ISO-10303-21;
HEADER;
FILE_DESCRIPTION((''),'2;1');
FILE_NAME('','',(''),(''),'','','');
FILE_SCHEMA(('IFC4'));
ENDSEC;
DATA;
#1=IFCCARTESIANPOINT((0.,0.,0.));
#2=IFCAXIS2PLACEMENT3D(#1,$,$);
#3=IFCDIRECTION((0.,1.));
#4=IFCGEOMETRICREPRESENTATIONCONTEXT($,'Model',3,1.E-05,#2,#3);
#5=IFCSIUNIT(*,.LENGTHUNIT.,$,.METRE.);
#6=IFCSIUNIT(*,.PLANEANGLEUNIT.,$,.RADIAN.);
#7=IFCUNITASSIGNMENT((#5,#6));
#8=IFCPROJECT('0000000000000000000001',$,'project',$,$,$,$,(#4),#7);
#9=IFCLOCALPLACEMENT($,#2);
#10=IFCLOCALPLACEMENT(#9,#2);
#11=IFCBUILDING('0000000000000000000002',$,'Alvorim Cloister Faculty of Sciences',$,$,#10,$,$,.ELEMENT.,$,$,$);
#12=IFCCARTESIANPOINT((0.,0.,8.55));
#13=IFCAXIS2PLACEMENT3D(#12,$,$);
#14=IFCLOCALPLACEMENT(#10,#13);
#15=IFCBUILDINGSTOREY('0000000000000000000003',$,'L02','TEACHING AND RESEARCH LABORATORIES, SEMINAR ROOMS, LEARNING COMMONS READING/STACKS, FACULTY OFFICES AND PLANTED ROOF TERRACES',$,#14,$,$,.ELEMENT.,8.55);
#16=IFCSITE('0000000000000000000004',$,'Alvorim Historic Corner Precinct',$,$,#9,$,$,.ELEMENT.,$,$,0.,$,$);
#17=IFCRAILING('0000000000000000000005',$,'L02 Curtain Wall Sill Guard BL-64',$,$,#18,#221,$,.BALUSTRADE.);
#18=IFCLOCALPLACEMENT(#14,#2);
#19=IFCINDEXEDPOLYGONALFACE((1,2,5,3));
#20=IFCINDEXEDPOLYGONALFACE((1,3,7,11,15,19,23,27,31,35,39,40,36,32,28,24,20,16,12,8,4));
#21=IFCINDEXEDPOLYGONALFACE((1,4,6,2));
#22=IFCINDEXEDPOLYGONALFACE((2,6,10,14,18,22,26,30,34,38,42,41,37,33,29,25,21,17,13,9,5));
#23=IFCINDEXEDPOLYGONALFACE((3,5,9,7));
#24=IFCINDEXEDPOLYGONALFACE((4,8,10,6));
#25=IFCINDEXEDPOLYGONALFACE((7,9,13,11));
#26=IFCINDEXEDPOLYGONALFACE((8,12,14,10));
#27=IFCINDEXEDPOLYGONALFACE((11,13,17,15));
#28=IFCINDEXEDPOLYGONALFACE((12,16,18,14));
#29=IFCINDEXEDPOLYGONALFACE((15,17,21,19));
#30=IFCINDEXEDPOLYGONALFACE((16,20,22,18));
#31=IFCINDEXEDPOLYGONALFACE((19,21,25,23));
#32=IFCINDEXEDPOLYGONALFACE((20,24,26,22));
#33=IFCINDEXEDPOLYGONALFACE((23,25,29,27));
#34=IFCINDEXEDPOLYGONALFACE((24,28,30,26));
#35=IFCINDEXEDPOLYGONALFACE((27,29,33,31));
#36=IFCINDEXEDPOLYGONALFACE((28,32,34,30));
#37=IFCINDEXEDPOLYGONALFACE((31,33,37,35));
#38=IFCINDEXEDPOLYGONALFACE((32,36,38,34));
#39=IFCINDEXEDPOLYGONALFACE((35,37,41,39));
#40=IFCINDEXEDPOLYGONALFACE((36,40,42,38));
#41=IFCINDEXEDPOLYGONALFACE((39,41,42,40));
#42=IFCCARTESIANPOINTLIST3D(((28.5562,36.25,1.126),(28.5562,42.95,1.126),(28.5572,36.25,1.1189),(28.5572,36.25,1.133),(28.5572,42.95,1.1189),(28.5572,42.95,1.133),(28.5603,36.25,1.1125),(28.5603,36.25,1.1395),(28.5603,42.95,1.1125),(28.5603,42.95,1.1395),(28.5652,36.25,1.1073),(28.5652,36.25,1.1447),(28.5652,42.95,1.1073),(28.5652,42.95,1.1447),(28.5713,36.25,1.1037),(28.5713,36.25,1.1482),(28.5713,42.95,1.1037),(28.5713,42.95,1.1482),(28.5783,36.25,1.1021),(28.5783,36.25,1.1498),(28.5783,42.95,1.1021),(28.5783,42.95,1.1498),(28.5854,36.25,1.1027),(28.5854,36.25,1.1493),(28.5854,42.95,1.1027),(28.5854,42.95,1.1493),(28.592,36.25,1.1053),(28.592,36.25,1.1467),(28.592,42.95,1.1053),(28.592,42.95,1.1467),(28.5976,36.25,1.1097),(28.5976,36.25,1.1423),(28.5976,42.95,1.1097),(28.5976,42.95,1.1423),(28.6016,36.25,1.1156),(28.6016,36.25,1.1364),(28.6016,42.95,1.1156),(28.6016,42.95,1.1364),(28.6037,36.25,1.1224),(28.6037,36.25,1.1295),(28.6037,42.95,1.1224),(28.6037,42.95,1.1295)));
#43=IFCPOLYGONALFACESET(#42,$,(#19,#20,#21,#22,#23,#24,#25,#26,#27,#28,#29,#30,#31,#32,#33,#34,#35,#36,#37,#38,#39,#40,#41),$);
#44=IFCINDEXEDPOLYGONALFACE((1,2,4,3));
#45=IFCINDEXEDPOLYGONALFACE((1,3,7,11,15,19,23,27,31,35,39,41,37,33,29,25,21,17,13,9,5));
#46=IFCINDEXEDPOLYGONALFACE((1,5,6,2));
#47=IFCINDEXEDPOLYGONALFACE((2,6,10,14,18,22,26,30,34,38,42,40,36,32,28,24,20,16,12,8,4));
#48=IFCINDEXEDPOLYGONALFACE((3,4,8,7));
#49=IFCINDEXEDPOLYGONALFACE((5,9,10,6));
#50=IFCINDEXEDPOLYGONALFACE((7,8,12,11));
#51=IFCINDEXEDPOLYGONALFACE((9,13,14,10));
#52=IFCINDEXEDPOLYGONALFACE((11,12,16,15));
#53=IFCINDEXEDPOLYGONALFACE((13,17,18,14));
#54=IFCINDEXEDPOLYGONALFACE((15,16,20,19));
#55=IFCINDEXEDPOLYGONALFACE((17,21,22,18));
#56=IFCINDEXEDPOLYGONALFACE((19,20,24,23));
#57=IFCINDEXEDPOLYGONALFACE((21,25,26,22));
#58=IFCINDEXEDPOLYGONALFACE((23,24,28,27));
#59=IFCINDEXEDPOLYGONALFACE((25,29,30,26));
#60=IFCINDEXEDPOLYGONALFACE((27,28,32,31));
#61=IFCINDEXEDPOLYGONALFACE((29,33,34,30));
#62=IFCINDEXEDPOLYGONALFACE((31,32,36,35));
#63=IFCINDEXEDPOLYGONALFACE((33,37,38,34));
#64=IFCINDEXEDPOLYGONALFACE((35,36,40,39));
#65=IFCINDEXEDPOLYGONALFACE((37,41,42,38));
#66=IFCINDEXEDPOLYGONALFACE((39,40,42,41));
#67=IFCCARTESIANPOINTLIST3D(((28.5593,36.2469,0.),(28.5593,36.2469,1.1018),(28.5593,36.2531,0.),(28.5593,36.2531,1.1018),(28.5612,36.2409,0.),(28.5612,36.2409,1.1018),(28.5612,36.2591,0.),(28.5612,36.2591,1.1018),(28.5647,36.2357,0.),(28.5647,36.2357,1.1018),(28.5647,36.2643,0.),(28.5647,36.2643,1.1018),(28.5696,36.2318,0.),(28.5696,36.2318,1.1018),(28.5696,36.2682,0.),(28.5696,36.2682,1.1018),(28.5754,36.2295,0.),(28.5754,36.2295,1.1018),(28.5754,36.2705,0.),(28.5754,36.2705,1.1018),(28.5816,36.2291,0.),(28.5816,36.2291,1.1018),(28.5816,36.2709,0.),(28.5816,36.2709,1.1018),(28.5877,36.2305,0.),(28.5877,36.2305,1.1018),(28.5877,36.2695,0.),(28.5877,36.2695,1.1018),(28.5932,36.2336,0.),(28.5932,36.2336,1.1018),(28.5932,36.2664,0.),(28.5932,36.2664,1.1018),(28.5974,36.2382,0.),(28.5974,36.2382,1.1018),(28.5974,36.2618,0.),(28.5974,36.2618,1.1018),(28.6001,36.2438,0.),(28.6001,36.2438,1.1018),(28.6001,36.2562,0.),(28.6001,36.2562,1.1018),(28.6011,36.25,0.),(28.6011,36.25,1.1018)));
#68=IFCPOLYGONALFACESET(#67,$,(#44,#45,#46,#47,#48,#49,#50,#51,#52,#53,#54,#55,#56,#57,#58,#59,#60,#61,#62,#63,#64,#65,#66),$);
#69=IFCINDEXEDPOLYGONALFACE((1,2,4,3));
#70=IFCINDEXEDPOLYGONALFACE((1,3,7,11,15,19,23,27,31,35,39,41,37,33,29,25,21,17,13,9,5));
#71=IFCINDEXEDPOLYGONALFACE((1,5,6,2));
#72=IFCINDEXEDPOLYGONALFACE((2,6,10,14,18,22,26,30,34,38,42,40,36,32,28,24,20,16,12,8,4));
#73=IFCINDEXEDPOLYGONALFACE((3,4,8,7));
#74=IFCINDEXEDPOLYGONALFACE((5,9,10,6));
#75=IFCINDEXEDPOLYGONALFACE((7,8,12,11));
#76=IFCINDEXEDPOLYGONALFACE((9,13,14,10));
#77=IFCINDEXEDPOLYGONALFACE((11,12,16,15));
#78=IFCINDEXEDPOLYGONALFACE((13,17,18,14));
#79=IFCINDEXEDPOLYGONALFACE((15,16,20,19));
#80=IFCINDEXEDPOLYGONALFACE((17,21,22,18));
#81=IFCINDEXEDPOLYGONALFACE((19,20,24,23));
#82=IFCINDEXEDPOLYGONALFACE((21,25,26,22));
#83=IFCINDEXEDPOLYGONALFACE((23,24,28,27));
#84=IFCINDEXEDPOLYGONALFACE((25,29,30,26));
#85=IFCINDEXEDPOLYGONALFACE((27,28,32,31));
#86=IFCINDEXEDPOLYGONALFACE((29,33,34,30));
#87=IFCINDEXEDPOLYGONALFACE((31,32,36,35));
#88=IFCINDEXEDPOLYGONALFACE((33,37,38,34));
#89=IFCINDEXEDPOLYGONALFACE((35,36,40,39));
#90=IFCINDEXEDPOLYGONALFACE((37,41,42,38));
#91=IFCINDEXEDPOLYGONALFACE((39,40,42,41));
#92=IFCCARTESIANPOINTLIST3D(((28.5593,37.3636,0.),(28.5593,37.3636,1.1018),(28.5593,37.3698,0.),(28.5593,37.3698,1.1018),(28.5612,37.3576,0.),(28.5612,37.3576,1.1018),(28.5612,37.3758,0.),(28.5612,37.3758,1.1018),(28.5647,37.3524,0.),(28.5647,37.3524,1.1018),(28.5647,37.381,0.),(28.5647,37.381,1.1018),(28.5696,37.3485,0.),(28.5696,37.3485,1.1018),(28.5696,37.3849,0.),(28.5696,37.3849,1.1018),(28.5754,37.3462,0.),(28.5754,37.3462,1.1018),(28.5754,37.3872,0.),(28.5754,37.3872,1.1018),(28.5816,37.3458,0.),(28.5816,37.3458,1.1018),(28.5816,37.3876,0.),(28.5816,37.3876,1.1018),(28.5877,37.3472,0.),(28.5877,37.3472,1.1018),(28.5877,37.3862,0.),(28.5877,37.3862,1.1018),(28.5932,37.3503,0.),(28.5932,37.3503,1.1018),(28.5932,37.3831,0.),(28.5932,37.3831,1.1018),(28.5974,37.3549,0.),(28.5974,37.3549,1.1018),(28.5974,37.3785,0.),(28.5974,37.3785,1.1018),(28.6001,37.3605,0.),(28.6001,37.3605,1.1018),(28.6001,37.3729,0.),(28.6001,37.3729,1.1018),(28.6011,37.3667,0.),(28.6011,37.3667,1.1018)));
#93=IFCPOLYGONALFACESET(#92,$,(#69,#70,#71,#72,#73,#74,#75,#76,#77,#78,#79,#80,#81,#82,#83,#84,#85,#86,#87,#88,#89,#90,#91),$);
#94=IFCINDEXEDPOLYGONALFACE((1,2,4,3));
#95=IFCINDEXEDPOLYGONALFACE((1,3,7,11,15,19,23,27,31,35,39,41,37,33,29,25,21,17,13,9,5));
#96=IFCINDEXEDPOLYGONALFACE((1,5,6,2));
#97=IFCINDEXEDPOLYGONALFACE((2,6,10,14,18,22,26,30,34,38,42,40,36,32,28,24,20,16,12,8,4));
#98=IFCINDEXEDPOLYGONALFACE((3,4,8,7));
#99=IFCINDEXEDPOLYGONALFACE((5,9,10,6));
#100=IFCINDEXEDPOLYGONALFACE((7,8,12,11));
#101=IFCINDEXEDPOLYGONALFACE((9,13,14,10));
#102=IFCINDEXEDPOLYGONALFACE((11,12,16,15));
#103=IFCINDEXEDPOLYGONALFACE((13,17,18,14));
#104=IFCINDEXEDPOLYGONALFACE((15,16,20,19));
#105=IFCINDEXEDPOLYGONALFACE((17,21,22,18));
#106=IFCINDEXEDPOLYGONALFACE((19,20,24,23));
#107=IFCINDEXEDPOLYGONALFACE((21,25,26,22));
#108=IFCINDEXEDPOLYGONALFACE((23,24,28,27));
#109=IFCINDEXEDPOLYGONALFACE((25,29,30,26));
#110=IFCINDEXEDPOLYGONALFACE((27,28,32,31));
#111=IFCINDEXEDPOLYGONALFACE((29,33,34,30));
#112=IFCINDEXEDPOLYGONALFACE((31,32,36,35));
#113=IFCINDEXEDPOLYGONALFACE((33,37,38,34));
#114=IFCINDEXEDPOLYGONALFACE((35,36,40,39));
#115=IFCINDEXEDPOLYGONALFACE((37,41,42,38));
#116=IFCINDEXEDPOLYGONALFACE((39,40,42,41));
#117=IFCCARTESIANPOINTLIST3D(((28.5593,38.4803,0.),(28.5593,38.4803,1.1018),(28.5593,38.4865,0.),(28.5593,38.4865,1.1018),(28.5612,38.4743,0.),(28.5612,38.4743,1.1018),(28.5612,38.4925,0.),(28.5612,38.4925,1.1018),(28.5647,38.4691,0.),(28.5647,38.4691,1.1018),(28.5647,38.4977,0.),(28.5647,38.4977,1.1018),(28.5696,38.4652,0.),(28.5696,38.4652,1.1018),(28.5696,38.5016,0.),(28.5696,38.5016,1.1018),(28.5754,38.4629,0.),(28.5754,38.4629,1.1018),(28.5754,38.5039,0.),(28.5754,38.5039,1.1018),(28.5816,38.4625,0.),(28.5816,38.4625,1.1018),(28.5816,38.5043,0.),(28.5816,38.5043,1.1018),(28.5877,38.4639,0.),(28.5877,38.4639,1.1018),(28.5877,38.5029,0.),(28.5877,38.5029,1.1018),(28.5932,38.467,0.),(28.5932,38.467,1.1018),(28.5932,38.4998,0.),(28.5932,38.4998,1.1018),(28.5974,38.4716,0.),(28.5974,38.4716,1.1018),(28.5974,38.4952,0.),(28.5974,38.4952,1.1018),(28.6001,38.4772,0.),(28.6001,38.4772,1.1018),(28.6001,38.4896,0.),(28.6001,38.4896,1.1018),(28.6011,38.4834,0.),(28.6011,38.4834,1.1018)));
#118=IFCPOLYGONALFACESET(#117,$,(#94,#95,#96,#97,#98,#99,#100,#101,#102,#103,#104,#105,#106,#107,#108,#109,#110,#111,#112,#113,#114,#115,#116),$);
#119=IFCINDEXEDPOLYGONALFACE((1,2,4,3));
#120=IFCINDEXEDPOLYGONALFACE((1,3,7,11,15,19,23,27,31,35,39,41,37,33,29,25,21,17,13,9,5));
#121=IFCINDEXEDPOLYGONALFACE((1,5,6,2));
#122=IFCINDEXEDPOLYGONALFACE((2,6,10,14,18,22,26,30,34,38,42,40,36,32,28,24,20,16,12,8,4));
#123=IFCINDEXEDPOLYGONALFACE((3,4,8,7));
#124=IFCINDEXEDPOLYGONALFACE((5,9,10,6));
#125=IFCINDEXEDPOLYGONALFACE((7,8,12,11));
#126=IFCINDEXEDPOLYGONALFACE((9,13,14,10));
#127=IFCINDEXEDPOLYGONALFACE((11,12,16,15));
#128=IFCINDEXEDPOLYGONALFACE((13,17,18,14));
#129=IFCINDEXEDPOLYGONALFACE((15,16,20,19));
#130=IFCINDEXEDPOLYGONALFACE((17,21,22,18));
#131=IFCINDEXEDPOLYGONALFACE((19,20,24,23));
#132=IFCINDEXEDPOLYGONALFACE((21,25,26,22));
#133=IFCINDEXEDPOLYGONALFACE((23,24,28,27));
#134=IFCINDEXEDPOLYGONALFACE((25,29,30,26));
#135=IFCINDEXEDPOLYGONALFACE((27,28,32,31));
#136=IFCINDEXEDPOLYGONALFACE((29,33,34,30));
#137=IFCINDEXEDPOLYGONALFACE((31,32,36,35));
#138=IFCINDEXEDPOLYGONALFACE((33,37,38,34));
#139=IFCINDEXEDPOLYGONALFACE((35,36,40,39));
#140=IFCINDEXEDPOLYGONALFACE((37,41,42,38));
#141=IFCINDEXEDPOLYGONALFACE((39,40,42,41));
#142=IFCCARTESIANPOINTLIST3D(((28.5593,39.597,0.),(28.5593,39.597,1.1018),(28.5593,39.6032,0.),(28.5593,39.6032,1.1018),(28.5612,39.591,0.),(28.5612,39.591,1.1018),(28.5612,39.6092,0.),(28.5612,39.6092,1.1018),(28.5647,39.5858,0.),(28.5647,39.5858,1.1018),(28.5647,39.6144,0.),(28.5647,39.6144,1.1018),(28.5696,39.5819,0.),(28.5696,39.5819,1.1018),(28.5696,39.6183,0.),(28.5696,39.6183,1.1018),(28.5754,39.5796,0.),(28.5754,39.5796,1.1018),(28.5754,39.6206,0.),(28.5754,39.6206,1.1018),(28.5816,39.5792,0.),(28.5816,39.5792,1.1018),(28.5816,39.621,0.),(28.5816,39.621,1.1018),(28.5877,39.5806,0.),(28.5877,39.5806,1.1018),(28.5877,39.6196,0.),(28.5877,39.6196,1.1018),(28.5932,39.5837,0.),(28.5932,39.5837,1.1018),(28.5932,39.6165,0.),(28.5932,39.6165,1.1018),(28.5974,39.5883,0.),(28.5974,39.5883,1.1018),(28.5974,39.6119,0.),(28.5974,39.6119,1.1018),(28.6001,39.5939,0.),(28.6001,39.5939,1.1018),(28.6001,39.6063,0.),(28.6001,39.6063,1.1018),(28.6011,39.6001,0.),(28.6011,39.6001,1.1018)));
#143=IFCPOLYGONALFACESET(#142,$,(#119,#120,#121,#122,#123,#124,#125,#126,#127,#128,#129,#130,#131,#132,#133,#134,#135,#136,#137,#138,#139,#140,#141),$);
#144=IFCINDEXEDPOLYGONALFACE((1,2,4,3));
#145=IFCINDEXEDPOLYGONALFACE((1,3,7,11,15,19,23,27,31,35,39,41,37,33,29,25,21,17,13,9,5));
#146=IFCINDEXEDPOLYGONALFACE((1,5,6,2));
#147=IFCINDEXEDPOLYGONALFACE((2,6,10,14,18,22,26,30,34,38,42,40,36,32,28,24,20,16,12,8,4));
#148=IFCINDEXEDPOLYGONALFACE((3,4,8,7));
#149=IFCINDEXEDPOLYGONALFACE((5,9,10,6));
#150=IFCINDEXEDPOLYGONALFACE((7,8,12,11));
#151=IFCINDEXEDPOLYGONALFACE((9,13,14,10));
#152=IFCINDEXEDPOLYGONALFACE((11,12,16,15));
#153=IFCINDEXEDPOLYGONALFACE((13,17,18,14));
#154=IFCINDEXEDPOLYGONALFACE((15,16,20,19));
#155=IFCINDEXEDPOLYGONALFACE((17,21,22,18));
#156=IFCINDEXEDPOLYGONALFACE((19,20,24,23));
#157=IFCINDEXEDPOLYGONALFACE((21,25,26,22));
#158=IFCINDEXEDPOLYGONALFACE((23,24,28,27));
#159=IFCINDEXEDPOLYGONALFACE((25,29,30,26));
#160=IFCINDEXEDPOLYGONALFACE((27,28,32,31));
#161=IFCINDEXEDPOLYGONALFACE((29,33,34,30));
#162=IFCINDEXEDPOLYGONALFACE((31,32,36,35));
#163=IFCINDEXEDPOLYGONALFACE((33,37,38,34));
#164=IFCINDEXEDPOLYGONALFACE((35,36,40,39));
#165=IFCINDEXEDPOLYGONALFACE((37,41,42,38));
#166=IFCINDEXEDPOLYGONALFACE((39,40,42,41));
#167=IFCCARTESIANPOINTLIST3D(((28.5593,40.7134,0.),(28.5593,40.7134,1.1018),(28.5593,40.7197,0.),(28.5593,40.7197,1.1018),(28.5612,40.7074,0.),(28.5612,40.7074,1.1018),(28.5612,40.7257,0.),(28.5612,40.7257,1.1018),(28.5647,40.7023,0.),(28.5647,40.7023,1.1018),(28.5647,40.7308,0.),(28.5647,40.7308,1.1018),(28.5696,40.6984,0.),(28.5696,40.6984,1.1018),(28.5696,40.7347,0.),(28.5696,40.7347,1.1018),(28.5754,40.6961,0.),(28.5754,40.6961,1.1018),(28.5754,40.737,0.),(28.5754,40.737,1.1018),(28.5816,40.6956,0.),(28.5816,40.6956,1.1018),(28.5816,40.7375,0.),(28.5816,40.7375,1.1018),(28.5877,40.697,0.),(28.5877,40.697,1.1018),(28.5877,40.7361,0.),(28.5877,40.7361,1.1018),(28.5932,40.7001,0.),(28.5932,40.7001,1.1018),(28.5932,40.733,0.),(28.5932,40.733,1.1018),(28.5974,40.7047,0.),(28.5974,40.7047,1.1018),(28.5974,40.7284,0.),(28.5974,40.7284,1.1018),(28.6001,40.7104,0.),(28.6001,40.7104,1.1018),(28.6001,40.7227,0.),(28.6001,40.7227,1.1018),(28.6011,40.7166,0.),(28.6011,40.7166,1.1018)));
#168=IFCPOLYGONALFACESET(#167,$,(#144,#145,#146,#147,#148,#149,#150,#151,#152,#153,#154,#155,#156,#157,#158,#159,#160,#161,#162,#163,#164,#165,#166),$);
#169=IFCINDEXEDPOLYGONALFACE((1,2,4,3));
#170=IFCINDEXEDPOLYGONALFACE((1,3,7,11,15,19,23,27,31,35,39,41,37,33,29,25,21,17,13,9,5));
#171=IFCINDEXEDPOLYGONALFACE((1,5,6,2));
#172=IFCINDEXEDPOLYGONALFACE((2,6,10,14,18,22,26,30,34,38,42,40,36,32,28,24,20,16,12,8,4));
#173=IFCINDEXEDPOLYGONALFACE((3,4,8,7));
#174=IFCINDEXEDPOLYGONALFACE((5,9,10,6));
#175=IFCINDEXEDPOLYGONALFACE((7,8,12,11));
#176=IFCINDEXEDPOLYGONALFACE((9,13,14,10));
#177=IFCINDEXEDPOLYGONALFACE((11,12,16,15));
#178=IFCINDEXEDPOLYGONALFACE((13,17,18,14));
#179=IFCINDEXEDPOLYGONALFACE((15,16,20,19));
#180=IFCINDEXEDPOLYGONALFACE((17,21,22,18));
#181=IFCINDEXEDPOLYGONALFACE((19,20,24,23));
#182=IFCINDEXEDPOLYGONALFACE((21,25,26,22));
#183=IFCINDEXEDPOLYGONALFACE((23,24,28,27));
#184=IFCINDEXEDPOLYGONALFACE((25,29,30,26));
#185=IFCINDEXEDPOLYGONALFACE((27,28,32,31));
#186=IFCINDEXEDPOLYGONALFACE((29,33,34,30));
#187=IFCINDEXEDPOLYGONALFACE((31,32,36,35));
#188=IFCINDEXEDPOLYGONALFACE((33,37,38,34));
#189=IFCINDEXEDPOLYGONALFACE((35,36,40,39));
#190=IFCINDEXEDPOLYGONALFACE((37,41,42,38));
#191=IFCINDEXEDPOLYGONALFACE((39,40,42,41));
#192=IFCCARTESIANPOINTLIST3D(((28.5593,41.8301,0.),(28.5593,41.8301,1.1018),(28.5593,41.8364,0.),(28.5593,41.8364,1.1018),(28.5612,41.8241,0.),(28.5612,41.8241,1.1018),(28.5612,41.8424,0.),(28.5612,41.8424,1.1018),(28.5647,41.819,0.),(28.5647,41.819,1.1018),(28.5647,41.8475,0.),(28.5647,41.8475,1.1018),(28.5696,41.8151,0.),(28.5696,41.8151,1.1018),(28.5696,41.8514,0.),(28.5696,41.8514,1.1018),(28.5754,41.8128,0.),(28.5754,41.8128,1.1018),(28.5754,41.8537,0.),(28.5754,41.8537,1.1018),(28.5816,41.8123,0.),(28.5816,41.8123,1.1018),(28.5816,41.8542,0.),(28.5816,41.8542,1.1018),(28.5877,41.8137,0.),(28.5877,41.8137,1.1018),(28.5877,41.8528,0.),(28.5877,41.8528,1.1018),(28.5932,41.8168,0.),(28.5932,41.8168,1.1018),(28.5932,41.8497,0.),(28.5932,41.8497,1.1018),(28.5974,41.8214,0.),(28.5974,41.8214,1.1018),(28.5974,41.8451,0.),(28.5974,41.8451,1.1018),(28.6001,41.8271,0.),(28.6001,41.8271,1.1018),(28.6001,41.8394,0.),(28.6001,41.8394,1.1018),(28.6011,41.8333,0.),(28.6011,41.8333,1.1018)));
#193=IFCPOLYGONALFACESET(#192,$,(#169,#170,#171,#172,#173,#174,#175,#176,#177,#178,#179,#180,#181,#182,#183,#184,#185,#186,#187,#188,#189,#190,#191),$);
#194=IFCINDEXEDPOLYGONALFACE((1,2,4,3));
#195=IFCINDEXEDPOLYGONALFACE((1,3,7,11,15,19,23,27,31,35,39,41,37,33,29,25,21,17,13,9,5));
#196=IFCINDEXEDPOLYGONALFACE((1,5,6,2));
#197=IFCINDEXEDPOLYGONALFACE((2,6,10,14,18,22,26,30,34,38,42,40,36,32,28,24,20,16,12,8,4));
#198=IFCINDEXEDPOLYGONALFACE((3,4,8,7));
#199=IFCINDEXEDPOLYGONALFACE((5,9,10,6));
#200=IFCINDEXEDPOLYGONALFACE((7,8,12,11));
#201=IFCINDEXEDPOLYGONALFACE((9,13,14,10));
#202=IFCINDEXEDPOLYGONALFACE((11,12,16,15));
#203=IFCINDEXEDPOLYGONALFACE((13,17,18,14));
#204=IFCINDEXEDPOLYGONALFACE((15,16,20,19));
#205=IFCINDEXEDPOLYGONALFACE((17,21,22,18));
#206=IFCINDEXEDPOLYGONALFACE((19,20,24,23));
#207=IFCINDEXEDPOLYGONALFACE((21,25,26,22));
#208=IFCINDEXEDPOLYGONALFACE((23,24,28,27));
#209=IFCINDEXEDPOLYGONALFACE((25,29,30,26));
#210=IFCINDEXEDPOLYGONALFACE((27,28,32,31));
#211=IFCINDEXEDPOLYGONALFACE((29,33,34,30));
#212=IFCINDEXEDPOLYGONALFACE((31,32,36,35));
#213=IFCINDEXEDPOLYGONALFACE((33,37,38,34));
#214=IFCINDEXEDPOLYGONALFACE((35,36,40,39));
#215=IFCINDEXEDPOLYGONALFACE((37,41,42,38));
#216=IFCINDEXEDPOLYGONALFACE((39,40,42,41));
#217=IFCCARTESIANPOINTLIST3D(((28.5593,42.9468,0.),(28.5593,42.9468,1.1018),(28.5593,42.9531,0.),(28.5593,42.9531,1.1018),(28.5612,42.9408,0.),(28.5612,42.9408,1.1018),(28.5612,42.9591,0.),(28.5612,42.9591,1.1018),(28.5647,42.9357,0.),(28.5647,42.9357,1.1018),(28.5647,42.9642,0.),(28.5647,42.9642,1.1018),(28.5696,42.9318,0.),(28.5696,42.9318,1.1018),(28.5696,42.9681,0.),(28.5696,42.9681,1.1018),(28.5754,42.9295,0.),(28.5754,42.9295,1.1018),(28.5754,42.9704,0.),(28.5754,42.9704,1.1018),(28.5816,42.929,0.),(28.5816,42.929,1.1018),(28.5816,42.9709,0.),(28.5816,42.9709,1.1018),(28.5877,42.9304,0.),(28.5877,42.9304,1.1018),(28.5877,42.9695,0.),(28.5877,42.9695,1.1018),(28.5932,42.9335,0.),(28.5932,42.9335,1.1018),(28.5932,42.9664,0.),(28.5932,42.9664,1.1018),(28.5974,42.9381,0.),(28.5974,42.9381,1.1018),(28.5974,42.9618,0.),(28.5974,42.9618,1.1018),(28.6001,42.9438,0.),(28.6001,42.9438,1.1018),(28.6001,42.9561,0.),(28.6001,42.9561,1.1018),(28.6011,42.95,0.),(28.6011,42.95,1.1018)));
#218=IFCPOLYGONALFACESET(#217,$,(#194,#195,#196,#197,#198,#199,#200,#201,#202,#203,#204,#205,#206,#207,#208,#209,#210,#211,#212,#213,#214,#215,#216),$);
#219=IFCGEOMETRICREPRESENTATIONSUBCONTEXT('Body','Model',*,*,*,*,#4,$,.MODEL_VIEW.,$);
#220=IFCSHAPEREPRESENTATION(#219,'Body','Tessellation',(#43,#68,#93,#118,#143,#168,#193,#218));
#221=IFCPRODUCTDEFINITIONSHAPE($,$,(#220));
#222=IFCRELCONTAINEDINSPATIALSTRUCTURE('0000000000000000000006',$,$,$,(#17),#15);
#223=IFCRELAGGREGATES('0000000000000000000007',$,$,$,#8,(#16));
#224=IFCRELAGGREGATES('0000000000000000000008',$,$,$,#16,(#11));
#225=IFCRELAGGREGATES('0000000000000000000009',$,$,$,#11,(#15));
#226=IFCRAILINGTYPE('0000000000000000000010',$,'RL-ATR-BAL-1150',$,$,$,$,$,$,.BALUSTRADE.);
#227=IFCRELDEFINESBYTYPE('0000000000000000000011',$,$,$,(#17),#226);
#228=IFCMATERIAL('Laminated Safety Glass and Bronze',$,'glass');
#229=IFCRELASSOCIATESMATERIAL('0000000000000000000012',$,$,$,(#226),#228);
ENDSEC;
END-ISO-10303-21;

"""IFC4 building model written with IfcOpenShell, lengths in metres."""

from ifc_helpers import new_model, si_unit, direction, frame, origin, origin_2d, place, context, subcontext, project, spatial, circle, extrude, material, type_object, element, save


model = new_model("IFC4")

# Units and contexts
model_context = context("Model", 3, precision=1e-05, world=origin(), true_north=direction((0.0, 1.0)))
body_context = subcontext(model_context, "Body", "Model", "MODEL_VIEW")
ifc_project = project(units=[si_unit("LENGTHUNIT", "METRE"), si_unit("PLANEANGLEUNIT", "RADIAN")], contexts=[model_context])

# Site, building, storey
site_placement = place(None, origin())
site = spatial("IfcSite", under=ifc_project, at=site_placement, Name="Alvorim Historic Corner Precinct", CompositionType="ELEMENT", RefElevation=0.0)
building_placement = place(site_placement, origin())
building = spatial("IfcBuilding", under=site, at=building_placement, Name="Alvorim Cloister Faculty of Sciences", CompositionType="ELEMENT")
storey_placement = place(building_placement, frame((0.0, 0.0, 8.55)))
storey = spatial("IfcBuildingStorey", under=building, at=storey_placement, Name="L02", Description="TEACHING AND RESEARCH LABORATORIES, SEMINAR ROOMS, LEARNING COMMONS READING/STACKS, FACULTY OFFICES AND PLANTED ROOF TERRACES", CompositionType="ELEMENT", Elevation=8.55)

# Railing
ifc_material_1 = material(Name="Laminated Safety Glass and Bronze", Category="glass")
railing_type = type_object("IfcRailingType", Name="RL-ATR-BAL-1150", PredefinedType="BALUSTRADE", material=ifc_material_1)
railing_placement = place(storey_placement, frame((28.5801, 36.25, 0.0)))
element("IfcRailing", 1, at=railing_placement, inside=storey, type_object=railing_type, Name="L02 Curtain Wall Sill Guard BL-64", PredefinedType="BALUSTRADE", context=body_context, shape_type="SweptSolid", body=[
    extrude(circle(Radius=0.0239, at=origin_2d()), frame((0.0, 0.0, 1.126), z_axis=(0.0, 1.0, 0.0), x_axis=(-1.0, 0.0, 0.0)), (0.0, 0.0, 1.0), 6.7),
    extrude(circle(Radius=0.021, at=origin_2d()), origin(), (0.0, 0.0, 1.0), 1.1018),
    extrude(circle(Radius=0.021, at=origin_2d()), frame((0.0, 1.1167, 0.0)), (0.0, 0.0, 1.0), 1.1018),
    extrude(circle(Radius=0.021, at=origin_2d()), frame((0.0, 2.2334, 0.0)), (0.0, 0.0, 1.0), 1.1018),
    extrude(circle(Radius=0.021, at=origin_2d()), frame((0.0, 3.3501, 0.0)), (0.0, 0.0, 1.0), 1.1018),
    extrude(circle(Radius=0.021, at=origin_2d()), frame((0.0, 4.4666, 0.0)), (0.0, 0.0, 1.0), 1.1018),
    extrude(circle(Radius=0.021, at=origin_2d()), frame((0.0, 5.5833, 0.0)), (0.0, 0.0, 1.0), 1.1018),
    extrude(circle(Radius=0.021, at=origin_2d()), frame((0.0, 6.7, 0.0)), (0.0, 0.0, 1.0), 1.1018),
])

save(model, "model.ifc")
